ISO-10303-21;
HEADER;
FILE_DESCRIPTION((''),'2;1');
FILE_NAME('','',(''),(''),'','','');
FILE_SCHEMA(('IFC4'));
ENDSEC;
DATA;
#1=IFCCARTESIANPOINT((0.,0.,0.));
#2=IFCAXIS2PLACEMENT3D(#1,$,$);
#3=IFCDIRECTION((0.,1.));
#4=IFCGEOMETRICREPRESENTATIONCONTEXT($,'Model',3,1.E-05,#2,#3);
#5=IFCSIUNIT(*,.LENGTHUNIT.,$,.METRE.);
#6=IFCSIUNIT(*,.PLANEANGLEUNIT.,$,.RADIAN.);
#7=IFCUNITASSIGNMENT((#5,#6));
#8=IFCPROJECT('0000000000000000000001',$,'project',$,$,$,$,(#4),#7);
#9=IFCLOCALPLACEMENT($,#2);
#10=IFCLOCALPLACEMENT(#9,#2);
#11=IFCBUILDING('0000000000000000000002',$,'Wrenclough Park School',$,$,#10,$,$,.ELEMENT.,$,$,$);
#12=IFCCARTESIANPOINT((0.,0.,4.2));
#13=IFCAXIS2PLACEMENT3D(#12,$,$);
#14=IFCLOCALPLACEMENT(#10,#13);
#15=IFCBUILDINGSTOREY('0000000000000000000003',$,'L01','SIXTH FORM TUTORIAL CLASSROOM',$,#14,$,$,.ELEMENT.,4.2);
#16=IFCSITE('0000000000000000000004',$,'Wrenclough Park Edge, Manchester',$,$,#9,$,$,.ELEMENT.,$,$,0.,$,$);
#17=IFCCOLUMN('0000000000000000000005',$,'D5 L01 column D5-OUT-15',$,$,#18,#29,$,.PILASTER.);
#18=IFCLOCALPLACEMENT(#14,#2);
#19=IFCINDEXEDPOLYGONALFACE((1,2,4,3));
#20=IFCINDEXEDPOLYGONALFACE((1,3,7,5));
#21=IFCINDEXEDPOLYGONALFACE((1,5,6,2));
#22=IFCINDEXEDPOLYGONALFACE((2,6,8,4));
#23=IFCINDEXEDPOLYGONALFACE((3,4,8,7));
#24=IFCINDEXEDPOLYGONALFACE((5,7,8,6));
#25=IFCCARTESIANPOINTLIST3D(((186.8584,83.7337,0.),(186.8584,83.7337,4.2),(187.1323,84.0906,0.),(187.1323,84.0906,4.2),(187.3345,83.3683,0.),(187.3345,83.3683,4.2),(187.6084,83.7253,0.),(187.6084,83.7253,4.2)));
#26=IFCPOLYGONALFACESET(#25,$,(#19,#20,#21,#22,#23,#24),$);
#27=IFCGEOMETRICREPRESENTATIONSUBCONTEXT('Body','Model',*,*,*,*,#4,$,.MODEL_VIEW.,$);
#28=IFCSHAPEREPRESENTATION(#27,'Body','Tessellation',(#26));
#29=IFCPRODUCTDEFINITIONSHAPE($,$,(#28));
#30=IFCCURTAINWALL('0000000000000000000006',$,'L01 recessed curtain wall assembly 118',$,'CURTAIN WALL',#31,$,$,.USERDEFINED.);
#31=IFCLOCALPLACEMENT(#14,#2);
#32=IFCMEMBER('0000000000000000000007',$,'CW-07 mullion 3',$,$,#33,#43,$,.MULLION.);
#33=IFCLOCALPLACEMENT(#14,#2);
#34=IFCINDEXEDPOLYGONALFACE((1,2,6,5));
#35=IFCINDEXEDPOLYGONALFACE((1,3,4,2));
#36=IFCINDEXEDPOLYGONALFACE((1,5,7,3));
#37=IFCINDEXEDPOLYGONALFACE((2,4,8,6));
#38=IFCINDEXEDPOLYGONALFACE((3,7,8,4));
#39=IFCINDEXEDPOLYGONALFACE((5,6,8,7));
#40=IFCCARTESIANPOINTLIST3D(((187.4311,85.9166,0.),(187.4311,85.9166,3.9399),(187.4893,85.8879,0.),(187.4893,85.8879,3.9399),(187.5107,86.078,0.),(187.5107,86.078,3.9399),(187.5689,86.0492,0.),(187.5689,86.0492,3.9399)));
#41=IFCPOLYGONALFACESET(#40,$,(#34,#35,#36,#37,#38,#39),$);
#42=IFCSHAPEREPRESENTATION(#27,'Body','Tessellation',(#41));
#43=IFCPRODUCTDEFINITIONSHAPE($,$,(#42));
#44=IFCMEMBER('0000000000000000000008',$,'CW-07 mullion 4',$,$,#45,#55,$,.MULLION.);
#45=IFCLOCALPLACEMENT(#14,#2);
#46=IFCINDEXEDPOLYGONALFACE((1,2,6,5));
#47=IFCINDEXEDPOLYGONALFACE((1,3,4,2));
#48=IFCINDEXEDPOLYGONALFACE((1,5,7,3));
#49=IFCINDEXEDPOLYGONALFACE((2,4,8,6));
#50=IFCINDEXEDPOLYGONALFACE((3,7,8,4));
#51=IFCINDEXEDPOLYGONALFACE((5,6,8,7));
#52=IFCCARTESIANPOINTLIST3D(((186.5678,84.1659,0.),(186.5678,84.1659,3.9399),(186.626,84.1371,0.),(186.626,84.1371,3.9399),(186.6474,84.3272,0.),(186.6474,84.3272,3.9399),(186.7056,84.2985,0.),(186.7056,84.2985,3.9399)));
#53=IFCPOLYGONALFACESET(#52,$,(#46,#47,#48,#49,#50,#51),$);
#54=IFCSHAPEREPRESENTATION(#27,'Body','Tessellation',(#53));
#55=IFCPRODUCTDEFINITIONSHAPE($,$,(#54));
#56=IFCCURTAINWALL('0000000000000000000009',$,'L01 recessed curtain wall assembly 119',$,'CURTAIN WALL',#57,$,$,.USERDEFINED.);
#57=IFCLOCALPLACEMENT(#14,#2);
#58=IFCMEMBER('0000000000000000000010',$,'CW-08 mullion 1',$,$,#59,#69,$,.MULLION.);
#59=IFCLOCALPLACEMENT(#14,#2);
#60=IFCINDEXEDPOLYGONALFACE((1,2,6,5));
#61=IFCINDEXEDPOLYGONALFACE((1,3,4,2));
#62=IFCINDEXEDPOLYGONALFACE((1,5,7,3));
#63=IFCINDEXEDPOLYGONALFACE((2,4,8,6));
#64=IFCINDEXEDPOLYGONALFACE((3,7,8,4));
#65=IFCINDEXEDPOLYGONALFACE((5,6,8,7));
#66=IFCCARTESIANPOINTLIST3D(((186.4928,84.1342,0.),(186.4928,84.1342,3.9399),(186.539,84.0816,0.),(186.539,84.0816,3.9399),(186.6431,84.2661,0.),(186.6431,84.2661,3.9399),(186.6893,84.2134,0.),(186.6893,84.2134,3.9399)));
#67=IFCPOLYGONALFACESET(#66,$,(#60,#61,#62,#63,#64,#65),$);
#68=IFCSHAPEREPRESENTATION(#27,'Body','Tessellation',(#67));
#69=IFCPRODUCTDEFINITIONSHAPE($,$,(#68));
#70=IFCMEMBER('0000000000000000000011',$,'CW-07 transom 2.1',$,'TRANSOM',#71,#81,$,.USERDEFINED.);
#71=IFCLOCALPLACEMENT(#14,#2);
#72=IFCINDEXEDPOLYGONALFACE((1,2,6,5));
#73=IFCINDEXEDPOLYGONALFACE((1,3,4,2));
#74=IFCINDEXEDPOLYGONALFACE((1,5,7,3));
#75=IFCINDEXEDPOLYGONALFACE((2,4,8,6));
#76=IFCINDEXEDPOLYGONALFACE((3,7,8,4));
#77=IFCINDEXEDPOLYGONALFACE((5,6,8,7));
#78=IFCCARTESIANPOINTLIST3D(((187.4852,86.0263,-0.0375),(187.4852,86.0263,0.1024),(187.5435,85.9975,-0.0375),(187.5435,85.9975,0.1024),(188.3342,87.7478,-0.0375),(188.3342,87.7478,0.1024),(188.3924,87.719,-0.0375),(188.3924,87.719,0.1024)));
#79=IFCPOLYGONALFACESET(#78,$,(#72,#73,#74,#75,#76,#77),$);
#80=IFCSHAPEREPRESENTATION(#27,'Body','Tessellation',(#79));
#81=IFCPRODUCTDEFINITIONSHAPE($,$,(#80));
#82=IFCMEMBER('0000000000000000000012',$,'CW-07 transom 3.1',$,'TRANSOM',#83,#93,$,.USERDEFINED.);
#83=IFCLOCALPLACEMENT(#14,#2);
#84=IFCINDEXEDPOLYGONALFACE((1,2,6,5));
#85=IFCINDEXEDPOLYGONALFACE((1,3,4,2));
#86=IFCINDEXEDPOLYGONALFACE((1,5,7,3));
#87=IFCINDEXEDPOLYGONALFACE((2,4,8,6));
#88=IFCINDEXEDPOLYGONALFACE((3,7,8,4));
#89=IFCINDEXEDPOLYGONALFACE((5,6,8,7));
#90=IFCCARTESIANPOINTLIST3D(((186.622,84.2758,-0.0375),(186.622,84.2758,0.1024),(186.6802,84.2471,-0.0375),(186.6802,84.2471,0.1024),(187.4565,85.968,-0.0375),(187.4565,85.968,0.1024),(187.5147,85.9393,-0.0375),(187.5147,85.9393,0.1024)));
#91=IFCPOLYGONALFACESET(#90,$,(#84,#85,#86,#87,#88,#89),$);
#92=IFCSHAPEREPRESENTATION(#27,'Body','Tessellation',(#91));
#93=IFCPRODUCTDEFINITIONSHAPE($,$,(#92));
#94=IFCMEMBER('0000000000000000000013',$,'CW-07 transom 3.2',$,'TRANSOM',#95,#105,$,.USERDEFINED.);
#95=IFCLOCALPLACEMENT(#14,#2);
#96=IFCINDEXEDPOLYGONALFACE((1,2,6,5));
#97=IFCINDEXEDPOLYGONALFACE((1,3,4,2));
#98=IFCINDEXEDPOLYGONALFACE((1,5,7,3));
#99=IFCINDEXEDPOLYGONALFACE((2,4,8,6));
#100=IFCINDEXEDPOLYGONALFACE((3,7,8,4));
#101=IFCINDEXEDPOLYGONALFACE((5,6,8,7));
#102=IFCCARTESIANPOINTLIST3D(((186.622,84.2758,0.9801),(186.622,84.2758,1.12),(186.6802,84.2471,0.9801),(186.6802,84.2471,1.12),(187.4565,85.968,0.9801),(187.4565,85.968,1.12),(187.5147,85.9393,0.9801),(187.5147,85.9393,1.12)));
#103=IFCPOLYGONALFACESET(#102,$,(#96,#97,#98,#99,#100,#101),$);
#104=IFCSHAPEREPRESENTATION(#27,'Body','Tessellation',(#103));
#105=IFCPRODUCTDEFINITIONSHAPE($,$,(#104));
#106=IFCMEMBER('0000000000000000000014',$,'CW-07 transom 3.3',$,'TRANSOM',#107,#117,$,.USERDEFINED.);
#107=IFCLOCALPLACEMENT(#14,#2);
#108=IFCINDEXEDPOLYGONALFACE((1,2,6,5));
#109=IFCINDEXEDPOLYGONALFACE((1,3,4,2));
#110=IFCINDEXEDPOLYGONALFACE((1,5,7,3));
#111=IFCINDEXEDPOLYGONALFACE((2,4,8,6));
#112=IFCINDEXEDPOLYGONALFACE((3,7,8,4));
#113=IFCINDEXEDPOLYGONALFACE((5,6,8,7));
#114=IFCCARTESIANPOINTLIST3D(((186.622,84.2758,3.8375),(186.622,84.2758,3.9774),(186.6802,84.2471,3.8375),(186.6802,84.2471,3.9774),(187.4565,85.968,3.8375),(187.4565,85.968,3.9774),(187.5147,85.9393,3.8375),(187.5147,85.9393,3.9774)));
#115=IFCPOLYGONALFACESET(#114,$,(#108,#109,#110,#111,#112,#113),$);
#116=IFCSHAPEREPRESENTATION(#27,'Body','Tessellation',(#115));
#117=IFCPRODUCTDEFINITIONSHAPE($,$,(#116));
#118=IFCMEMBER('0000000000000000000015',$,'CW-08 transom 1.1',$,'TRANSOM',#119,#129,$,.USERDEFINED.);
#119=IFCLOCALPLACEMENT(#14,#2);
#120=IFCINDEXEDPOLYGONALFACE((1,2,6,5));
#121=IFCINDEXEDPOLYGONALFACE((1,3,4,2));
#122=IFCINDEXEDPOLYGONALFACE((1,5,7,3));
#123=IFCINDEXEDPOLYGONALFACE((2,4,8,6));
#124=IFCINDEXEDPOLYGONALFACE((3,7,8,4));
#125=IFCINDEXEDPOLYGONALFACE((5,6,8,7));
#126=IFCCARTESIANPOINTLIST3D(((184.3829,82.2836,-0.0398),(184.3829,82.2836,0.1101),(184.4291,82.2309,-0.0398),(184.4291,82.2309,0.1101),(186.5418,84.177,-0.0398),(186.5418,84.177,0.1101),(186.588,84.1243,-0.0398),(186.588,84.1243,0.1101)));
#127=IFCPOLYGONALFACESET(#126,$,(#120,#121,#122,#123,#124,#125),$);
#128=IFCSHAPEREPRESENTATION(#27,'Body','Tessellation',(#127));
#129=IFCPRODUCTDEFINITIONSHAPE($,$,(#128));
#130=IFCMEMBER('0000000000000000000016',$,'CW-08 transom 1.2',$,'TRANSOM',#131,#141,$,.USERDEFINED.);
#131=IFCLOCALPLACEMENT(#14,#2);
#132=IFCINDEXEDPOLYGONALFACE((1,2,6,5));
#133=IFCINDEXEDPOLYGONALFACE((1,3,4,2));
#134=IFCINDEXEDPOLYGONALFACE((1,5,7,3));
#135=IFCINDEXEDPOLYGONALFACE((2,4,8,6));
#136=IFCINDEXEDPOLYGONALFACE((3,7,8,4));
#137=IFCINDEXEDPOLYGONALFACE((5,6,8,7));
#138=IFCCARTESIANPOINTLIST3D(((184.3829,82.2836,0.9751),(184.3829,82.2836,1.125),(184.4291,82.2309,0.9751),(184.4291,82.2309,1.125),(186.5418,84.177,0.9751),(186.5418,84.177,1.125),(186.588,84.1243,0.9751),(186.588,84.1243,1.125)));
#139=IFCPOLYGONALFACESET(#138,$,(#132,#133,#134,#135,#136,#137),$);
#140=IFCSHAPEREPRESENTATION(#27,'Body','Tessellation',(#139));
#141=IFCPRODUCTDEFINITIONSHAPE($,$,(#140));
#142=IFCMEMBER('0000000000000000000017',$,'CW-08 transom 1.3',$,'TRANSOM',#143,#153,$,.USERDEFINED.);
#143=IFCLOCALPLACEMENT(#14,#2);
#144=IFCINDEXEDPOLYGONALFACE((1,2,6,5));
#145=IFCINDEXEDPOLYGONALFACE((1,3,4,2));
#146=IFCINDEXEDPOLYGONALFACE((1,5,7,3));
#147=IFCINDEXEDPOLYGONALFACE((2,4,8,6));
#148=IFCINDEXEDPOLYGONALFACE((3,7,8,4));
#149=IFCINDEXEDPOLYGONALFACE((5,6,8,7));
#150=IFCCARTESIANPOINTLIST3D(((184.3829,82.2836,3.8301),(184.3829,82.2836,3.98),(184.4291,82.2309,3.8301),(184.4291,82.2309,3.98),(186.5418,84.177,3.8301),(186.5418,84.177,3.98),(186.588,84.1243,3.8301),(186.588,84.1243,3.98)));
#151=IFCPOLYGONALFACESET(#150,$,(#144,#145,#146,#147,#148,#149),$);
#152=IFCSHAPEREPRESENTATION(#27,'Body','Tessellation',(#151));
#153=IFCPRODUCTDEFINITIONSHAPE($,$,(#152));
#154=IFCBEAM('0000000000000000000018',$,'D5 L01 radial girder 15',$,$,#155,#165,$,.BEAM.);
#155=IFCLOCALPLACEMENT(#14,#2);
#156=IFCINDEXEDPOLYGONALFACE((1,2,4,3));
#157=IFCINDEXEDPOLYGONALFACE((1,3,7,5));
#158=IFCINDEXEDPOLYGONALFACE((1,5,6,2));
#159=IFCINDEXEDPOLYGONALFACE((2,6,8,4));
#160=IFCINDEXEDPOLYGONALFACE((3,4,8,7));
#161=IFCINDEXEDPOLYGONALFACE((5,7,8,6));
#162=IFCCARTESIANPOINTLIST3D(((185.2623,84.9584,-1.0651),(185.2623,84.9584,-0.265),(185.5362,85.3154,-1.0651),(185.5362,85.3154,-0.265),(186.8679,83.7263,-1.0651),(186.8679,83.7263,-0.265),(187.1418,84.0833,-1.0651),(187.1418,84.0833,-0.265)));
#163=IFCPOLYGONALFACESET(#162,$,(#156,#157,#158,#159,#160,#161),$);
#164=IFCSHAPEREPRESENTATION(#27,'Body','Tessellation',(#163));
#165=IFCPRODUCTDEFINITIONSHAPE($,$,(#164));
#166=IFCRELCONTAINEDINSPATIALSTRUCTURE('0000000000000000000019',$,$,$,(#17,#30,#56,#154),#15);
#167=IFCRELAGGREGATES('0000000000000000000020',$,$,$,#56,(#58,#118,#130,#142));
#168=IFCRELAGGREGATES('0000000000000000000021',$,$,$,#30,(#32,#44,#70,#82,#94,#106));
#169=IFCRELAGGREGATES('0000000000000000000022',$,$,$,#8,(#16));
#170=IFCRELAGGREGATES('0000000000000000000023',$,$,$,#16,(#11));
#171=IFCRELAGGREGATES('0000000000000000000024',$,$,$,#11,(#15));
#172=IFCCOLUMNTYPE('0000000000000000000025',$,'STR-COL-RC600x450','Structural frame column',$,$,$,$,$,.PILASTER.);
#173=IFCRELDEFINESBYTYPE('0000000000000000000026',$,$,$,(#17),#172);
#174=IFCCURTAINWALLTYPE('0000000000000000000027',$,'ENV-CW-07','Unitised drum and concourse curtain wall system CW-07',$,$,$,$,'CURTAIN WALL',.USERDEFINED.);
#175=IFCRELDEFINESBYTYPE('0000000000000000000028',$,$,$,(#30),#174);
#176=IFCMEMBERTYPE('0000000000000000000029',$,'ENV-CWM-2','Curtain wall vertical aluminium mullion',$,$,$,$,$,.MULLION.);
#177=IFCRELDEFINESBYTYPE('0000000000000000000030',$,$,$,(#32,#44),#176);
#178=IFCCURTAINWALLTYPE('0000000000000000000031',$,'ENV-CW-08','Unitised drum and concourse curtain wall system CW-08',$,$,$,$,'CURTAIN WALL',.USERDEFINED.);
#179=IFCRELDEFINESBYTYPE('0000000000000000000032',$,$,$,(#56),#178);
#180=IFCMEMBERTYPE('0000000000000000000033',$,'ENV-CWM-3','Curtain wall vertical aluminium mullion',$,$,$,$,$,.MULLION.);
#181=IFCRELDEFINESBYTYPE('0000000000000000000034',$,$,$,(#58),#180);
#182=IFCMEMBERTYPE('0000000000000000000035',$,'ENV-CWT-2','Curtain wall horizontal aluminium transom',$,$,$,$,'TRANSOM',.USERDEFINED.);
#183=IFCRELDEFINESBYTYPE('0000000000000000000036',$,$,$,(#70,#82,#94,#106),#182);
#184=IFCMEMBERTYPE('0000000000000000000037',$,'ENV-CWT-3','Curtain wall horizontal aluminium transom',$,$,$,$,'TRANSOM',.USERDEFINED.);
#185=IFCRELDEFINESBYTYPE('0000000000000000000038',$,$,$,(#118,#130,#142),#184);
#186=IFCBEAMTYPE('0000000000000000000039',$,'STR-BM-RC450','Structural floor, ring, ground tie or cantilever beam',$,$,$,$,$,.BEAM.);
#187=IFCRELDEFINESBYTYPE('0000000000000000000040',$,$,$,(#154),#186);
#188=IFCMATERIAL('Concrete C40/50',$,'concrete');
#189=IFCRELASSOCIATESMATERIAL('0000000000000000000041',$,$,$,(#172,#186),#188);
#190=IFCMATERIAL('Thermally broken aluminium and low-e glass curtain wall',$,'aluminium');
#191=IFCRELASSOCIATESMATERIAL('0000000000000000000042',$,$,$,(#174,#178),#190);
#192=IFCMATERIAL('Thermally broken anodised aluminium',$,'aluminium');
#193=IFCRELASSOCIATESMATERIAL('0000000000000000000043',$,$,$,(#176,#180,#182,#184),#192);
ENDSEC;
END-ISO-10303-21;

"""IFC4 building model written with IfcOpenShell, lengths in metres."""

from ifc_helpers import new_model, si_unit, direction, frame, origin, origin_2d, place, context, subcontext, project, spatial, rectangle, extrude, material, material_profile, profile_set, type_object, element, aggregate, save


model = new_model("IFC4")

# Units and contexts
model_context = context("Model", 3, precision=1e-05, world=origin(), true_north=direction((0.0, 1.0)))
body_context = subcontext(model_context, "Body", "Model", "MODEL_VIEW")
ifc_project = project(units=[si_unit("LENGTHUNIT", "METRE"), si_unit("PLANEANGLEUNIT", "RADIAN")], contexts=[model_context])

# Site, building, storey
site_placement = place(None, origin())
site = spatial("IfcSite", under=ifc_project, at=site_placement, Name="Wrenclough Park Edge, Manchester", CompositionType="ELEMENT", RefElevation=0.0)
building_placement = place(site_placement, origin())
building = spatial("IfcBuilding", under=site, at=building_placement, Name="Wrenclough Park School", CompositionType="ELEMENT")
storey_placement = place(building_placement, frame((0.0, 0.0, 4.2)))
storey = spatial("IfcBuildingStorey", under=building, at=storey_placement, Name="L01", Description="SIXTH FORM TUTORIAL CLASSROOM", CompositionType="ELEMENT", Elevation=4.2)

# Column
ifc_material_1 = material(Name="Concrete C40/50", Category="concrete")
ifc_material_profile_1 = material_profile(ifc_material_1, rectangle(XDim=0.45, YDim=0.6001, at=origin_2d()), Name="RC COL 600x450")
ifc_profile_set_1 = profile_set([ifc_material_profile_1], Name="Concrete C40/50")
column_type = type_object("IfcColumnType", Name="STR-COL-RC600x450", Description="Structural frame column", PredefinedType="PILASTER", material=ifc_profile_set_1)
column_placement = place(storey_placement, frame((187.2334, 83.7295, 0.0), z_axis=(0.0, 0.0, 1.0), x_axis=(0.608761, 0.793353, 0.0)))
element("IfcColumn", 1, at=column_placement, inside=storey, type_object=column_type, Name="D5 L01 column D5-OUT-15", PredefinedType="PILASTER", context=body_context, shape_type="SweptSolid", body=[
    extrude(rectangle(XDim=0.45, YDim=0.6001, at=origin_2d()), origin(), (0.0, 0.0, 1.0), 4.2),
])

# Curtain wall, members
ifc_material_2 = material(Name="Thermally broken aluminium and low-e glass curtain wall", Category="aluminium")
curtain_wall_type_1 = type_object("IfcCurtainWallType", Name="ENV-CW-07", Description="Unitised drum and concourse curtain wall system CW-07", ElementType="CURTAIN WALL", PredefinedType="USERDEFINED", material=ifc_material_2)
curtain_wall_1_placement = place(storey_placement, origin())
curtain_wall_1 = element("IfcCurtainWall", 2, at=curtain_wall_1_placement, inside=storey, type_object=curtain_wall_type_1, Name="L01 recessed curtain wall assembly 118", ObjectType="CURTAIN WALL", PredefinedType="USERDEFINED")
ifc_material_3 = material(Name="Thermally broken anodised aluminium", Category="aluminium")
ifc_material_profile_2 = material_profile(ifc_material_3, rectangle(XDim=0.0649, YDim=0.1799, at=origin_2d()), Name="AL MULLION 65x180")
ifc_profile_set_2 = profile_set([ifc_material_profile_2], Name="Thermally broken anodised aluminium")
member_type_1 = type_object("IfcMemberType", Name="ENV-CWM-2", Description="Curtain wall vertical aluminium mullion", PredefinedType="MULLION", material=ifc_profile_set_2)
member_1_placement = place(storey_placement, frame((187.5, 85.9829, 0.0), z_axis=(0.0, 0.0, 1.0), x_axis=(0.896866, -0.442302, 0.0)))
member_1 = element("IfcMember", 3, at=member_1_placement, type_object=member_type_1, Name="CW-07 mullion 3", PredefinedType="MULLION", context=body_context, shape_type="SweptSolid", body=[
    extrude(rectangle(XDim=0.0649, YDim=0.1799, at=origin_2d()), origin(), (0.0, 0.0, 1.0), 3.9399),
])
member_2_placement = place(storey_placement, frame((186.6367, 84.2322, 0.0), z_axis=(0.0, 0.0, 1.0), x_axis=(0.896866, -0.442302, 0.0)))
member_2 = element("IfcMember", 4, at=member_2_placement, type_object=member_type_1, Name="CW-07 mullion 4", PredefinedType="MULLION", context=body_context, shape_type="SweptSolid", body=[
    extrude(rectangle(XDim=0.0649, YDim=0.1799, at=origin_2d()), origin(), (0.0, 0.0, 1.0), 3.9399),
])

# Curtain wall, member
curtain_wall_type_2 = type_object("IfcCurtainWallType", Name="ENV-CW-08", Description="Unitised drum and concourse curtain wall system CW-08", ElementType="CURTAIN WALL", PredefinedType="USERDEFINED", material=ifc_material_2)
curtain_wall_2_placement = place(storey_placement, origin())
curtain_wall_2 = element("IfcCurtainWall", 5, at=curtain_wall_2_placement, inside=storey, type_object=curtain_wall_type_2, Name="L01 recessed curtain wall assembly 119", ObjectType="CURTAIN WALL", PredefinedType="USERDEFINED")
ifc_material_profile_3 = material_profile(ifc_material_3, rectangle(XDim=0.0701, YDim=0.2, at=origin_2d()), Name="AL MULLION 70x200")
ifc_profile_set_3 = profile_set([ifc_material_profile_3], Name="Thermally broken anodised aluminium")
member_type_2 = type_object("IfcMemberType", Name="ENV-CWM-3", Description="Curtain wall vertical aluminium mullion", PredefinedType="MULLION", material=ifc_profile_set_3)
member_3_placement = place(storey_placement, frame((186.5911, 84.1738, 0.0), z_axis=(0.0, 0.0, 1.0), x_axis=(0.659365, -0.751823, 0.0)))
member_3 = element("IfcMember", 6, at=member_3_placement, type_object=member_type_2, Name="CW-08 mullion 1", PredefinedType="MULLION", context=body_context, shape_type="SweptSolid", body=[
    extrude(rectangle(XDim=0.0701, YDim=0.2, at=origin_2d()), origin(), (0.0, 0.0, 1.0), 3.9399),
])

# Members
ifc_material_profile_4 = material_profile(ifc_material_3, rectangle(XDim=0.0649, YDim=0.1399, at=origin_2d()), Name="AL TRANSOM 65x140")
ifc_profile_set_4 = profile_set([ifc_material_profile_4], Name="Thermally broken anodised aluminium")
member_type_3 = type_object("IfcMemberType", Name="ENV-CWT-2", Description="Curtain wall horizontal aluminium transom", ElementType="TRANSOM", PredefinedType="USERDEFINED", material=ifc_profile_set_4)
member_4_placement = place(storey_placement, frame((188.3633, 87.7334, 0.0325), z_axis=(-0.442271, -0.896881, 0.0), x_axis=(0.896881, -0.442271, 0.0)))
member_4 = element("IfcMember", 7, at=member_4_placement, type_object=member_type_3, Name="CW-07 transom 2.1", ObjectType="TRANSOM", PredefinedType="USERDEFINED", context=body_context, shape_type="SweptSolid", body=[
    extrude(rectangle(XDim=0.0649, YDim=0.1399, at=origin_2d()), origin(), (0.0, 0.0, 1.0), 1.9194),
])
member_5_placement = place(storey_placement, frame((187.4856, 85.9536, 0.0325), z_axis=(-0.44229, -0.896872, 0.0), x_axis=(0.896872, -0.44229, 0.0)))
member_5 = element("IfcMember", 8, at=member_5_placement, type_object=member_type_3, Name="CW-07 transom 3.1", ObjectType="TRANSOM", PredefinedType="USERDEFINED", context=body_context, shape_type="SweptSolid", body=[
    extrude(rectangle(XDim=0.0649, YDim=0.1399, at=origin_2d()), origin(), (0.0, 0.0, 1.0), 1.8867),
])
member_6_placement = place(storey_placement, frame((187.4856, 85.9536, 1.05), z_axis=(-0.44229, -0.896872, 0.0), x_axis=(0.896872, -0.44229, 0.0)))
member_6 = element("IfcMember", 9, at=member_6_placement, type_object=member_type_3, Name="CW-07 transom 3.2", ObjectType="TRANSOM", PredefinedType="USERDEFINED", context=body_context, shape_type="SweptSolid", body=[
    extrude(rectangle(XDim=0.0649, YDim=0.1399, at=origin_2d()), origin(), (0.0, 0.0, 1.0), 1.8867),
])
member_7_placement = place(storey_placement, frame((187.4856, 85.9536, 3.9075), z_axis=(-0.44229, -0.896872, 0.0), x_axis=(0.896872, -0.44229, 0.0)))
member_7 = element("IfcMember", 10, at=member_7_placement, type_object=member_type_3, Name="CW-07 transom 3.3", ObjectType="TRANSOM", PredefinedType="USERDEFINED", context=body_context, shape_type="SweptSolid", body=[
    extrude(rectangle(XDim=0.0649, YDim=0.1399, at=origin_2d()), origin(), (0.0, 0.0, 1.0), 1.8867),
])
ifc_material_profile_5 = material_profile(ifc_material_3, rectangle(XDim=0.0701, YDim=0.1499, at=origin_2d()), Name="AL TRANSOM 70x150")
ifc_profile_set_5 = profile_set([ifc_material_profile_5], Name="Thermally broken anodised aluminium")
member_type_4 = type_object("IfcMemberType", Name="ENV-CWT-3", Description="Curtain wall horizontal aluminium transom", ElementType="TRANSOM", PredefinedType="USERDEFINED", material=ifc_profile_set_5)
member_8_placement = place(storey_placement, frame((186.5649, 84.1506, 0.0352), z_axis=(-0.751844, -0.659341, 0.0), x_axis=(0.659341, -0.751844, 0.0)))
member_8 = element("IfcMember", 11, at=member_8_placement, type_object=member_type_4, Name="CW-08 transom 1.1", ObjectType="TRANSOM", PredefinedType="USERDEFINED", context=body_context, shape_type="SweptSolid", body=[
    extrude(rectangle(XDim=0.0701, YDim=0.1499, at=origin_2d()), origin(), (0.0, 0.0, 1.0), 2.8716),
])
member_9_placement = place(storey_placement, frame((186.5649, 84.1506, 1.05), z_axis=(-0.751844, -0.659341, 0.0), x_axis=(0.659341, -0.751844, 0.0)))
member_9 = element("IfcMember", 12, at=member_9_placement, type_object=member_type_4, Name="CW-08 transom 1.2", ObjectType="TRANSOM", PredefinedType="USERDEFINED", context=body_context, shape_type="SweptSolid", body=[
    extrude(rectangle(XDim=0.0701, YDim=0.1499, at=origin_2d()), origin(), (0.0, 0.0, 1.0), 2.8716),
])
member_10_placement = place(storey_placement, frame((186.5649, 84.1506, 3.905), z_axis=(-0.751844, -0.659341, 0.0), x_axis=(0.659341, -0.751844, 0.0)))
member_10 = element("IfcMember", 13, at=member_10_placement, type_object=member_type_4, Name="CW-08 transom 1.3", ObjectType="TRANSOM", PredefinedType="USERDEFINED", context=body_context, shape_type="SweptSolid", body=[
    extrude(rectangle(XDim=0.0701, YDim=0.1499, at=origin_2d()), origin(), (0.0, 0.0, 1.0), 2.8716),
])
aggregate(curtain_wall_2, [member_3, member_8, member_9, member_10])

# Beam
ifc_material_profile_6 = material_profile(ifc_material_1, rectangle(XDim=0.45, YDim=0.8, at=origin_2d()), Name="RC BEAM 450x800")
ifc_profile_set_6 = profile_set([ifc_material_profile_6], Name="Concrete C40/50")
beam_type_1 = type_object("IfcBeamType", Name="STR-BM-RC450", Description="Structural floor, ring, ground tie or cantilever beam", PredefinedType="BEAM", material=ifc_profile_set_6)
beam_1_placement = place(storey_placement, frame((187.0049, 83.9048, -0.665), z_axis=(-0.793336, 0.608783, 0.0), x_axis=(-0.608783, -0.793336, 0.0)))
element("IfcBeam", 14, at=beam_1_placement, inside=storey, type_object=beam_type_1, Name="D5 L01 radial girder 15", PredefinedType="BEAM", context=body_context, shape_type="SweptSolid", body=[
    extrude(rectangle(XDim=0.45, YDim=0.8, at=origin_2d()), origin(), (0.0, 0.0, 1.0), 2.0239),
])

aggregate(curtain_wall_1, [member_1, member_2, member_4, member_5, member_6, member_7])

save(model, "model.ifc")
